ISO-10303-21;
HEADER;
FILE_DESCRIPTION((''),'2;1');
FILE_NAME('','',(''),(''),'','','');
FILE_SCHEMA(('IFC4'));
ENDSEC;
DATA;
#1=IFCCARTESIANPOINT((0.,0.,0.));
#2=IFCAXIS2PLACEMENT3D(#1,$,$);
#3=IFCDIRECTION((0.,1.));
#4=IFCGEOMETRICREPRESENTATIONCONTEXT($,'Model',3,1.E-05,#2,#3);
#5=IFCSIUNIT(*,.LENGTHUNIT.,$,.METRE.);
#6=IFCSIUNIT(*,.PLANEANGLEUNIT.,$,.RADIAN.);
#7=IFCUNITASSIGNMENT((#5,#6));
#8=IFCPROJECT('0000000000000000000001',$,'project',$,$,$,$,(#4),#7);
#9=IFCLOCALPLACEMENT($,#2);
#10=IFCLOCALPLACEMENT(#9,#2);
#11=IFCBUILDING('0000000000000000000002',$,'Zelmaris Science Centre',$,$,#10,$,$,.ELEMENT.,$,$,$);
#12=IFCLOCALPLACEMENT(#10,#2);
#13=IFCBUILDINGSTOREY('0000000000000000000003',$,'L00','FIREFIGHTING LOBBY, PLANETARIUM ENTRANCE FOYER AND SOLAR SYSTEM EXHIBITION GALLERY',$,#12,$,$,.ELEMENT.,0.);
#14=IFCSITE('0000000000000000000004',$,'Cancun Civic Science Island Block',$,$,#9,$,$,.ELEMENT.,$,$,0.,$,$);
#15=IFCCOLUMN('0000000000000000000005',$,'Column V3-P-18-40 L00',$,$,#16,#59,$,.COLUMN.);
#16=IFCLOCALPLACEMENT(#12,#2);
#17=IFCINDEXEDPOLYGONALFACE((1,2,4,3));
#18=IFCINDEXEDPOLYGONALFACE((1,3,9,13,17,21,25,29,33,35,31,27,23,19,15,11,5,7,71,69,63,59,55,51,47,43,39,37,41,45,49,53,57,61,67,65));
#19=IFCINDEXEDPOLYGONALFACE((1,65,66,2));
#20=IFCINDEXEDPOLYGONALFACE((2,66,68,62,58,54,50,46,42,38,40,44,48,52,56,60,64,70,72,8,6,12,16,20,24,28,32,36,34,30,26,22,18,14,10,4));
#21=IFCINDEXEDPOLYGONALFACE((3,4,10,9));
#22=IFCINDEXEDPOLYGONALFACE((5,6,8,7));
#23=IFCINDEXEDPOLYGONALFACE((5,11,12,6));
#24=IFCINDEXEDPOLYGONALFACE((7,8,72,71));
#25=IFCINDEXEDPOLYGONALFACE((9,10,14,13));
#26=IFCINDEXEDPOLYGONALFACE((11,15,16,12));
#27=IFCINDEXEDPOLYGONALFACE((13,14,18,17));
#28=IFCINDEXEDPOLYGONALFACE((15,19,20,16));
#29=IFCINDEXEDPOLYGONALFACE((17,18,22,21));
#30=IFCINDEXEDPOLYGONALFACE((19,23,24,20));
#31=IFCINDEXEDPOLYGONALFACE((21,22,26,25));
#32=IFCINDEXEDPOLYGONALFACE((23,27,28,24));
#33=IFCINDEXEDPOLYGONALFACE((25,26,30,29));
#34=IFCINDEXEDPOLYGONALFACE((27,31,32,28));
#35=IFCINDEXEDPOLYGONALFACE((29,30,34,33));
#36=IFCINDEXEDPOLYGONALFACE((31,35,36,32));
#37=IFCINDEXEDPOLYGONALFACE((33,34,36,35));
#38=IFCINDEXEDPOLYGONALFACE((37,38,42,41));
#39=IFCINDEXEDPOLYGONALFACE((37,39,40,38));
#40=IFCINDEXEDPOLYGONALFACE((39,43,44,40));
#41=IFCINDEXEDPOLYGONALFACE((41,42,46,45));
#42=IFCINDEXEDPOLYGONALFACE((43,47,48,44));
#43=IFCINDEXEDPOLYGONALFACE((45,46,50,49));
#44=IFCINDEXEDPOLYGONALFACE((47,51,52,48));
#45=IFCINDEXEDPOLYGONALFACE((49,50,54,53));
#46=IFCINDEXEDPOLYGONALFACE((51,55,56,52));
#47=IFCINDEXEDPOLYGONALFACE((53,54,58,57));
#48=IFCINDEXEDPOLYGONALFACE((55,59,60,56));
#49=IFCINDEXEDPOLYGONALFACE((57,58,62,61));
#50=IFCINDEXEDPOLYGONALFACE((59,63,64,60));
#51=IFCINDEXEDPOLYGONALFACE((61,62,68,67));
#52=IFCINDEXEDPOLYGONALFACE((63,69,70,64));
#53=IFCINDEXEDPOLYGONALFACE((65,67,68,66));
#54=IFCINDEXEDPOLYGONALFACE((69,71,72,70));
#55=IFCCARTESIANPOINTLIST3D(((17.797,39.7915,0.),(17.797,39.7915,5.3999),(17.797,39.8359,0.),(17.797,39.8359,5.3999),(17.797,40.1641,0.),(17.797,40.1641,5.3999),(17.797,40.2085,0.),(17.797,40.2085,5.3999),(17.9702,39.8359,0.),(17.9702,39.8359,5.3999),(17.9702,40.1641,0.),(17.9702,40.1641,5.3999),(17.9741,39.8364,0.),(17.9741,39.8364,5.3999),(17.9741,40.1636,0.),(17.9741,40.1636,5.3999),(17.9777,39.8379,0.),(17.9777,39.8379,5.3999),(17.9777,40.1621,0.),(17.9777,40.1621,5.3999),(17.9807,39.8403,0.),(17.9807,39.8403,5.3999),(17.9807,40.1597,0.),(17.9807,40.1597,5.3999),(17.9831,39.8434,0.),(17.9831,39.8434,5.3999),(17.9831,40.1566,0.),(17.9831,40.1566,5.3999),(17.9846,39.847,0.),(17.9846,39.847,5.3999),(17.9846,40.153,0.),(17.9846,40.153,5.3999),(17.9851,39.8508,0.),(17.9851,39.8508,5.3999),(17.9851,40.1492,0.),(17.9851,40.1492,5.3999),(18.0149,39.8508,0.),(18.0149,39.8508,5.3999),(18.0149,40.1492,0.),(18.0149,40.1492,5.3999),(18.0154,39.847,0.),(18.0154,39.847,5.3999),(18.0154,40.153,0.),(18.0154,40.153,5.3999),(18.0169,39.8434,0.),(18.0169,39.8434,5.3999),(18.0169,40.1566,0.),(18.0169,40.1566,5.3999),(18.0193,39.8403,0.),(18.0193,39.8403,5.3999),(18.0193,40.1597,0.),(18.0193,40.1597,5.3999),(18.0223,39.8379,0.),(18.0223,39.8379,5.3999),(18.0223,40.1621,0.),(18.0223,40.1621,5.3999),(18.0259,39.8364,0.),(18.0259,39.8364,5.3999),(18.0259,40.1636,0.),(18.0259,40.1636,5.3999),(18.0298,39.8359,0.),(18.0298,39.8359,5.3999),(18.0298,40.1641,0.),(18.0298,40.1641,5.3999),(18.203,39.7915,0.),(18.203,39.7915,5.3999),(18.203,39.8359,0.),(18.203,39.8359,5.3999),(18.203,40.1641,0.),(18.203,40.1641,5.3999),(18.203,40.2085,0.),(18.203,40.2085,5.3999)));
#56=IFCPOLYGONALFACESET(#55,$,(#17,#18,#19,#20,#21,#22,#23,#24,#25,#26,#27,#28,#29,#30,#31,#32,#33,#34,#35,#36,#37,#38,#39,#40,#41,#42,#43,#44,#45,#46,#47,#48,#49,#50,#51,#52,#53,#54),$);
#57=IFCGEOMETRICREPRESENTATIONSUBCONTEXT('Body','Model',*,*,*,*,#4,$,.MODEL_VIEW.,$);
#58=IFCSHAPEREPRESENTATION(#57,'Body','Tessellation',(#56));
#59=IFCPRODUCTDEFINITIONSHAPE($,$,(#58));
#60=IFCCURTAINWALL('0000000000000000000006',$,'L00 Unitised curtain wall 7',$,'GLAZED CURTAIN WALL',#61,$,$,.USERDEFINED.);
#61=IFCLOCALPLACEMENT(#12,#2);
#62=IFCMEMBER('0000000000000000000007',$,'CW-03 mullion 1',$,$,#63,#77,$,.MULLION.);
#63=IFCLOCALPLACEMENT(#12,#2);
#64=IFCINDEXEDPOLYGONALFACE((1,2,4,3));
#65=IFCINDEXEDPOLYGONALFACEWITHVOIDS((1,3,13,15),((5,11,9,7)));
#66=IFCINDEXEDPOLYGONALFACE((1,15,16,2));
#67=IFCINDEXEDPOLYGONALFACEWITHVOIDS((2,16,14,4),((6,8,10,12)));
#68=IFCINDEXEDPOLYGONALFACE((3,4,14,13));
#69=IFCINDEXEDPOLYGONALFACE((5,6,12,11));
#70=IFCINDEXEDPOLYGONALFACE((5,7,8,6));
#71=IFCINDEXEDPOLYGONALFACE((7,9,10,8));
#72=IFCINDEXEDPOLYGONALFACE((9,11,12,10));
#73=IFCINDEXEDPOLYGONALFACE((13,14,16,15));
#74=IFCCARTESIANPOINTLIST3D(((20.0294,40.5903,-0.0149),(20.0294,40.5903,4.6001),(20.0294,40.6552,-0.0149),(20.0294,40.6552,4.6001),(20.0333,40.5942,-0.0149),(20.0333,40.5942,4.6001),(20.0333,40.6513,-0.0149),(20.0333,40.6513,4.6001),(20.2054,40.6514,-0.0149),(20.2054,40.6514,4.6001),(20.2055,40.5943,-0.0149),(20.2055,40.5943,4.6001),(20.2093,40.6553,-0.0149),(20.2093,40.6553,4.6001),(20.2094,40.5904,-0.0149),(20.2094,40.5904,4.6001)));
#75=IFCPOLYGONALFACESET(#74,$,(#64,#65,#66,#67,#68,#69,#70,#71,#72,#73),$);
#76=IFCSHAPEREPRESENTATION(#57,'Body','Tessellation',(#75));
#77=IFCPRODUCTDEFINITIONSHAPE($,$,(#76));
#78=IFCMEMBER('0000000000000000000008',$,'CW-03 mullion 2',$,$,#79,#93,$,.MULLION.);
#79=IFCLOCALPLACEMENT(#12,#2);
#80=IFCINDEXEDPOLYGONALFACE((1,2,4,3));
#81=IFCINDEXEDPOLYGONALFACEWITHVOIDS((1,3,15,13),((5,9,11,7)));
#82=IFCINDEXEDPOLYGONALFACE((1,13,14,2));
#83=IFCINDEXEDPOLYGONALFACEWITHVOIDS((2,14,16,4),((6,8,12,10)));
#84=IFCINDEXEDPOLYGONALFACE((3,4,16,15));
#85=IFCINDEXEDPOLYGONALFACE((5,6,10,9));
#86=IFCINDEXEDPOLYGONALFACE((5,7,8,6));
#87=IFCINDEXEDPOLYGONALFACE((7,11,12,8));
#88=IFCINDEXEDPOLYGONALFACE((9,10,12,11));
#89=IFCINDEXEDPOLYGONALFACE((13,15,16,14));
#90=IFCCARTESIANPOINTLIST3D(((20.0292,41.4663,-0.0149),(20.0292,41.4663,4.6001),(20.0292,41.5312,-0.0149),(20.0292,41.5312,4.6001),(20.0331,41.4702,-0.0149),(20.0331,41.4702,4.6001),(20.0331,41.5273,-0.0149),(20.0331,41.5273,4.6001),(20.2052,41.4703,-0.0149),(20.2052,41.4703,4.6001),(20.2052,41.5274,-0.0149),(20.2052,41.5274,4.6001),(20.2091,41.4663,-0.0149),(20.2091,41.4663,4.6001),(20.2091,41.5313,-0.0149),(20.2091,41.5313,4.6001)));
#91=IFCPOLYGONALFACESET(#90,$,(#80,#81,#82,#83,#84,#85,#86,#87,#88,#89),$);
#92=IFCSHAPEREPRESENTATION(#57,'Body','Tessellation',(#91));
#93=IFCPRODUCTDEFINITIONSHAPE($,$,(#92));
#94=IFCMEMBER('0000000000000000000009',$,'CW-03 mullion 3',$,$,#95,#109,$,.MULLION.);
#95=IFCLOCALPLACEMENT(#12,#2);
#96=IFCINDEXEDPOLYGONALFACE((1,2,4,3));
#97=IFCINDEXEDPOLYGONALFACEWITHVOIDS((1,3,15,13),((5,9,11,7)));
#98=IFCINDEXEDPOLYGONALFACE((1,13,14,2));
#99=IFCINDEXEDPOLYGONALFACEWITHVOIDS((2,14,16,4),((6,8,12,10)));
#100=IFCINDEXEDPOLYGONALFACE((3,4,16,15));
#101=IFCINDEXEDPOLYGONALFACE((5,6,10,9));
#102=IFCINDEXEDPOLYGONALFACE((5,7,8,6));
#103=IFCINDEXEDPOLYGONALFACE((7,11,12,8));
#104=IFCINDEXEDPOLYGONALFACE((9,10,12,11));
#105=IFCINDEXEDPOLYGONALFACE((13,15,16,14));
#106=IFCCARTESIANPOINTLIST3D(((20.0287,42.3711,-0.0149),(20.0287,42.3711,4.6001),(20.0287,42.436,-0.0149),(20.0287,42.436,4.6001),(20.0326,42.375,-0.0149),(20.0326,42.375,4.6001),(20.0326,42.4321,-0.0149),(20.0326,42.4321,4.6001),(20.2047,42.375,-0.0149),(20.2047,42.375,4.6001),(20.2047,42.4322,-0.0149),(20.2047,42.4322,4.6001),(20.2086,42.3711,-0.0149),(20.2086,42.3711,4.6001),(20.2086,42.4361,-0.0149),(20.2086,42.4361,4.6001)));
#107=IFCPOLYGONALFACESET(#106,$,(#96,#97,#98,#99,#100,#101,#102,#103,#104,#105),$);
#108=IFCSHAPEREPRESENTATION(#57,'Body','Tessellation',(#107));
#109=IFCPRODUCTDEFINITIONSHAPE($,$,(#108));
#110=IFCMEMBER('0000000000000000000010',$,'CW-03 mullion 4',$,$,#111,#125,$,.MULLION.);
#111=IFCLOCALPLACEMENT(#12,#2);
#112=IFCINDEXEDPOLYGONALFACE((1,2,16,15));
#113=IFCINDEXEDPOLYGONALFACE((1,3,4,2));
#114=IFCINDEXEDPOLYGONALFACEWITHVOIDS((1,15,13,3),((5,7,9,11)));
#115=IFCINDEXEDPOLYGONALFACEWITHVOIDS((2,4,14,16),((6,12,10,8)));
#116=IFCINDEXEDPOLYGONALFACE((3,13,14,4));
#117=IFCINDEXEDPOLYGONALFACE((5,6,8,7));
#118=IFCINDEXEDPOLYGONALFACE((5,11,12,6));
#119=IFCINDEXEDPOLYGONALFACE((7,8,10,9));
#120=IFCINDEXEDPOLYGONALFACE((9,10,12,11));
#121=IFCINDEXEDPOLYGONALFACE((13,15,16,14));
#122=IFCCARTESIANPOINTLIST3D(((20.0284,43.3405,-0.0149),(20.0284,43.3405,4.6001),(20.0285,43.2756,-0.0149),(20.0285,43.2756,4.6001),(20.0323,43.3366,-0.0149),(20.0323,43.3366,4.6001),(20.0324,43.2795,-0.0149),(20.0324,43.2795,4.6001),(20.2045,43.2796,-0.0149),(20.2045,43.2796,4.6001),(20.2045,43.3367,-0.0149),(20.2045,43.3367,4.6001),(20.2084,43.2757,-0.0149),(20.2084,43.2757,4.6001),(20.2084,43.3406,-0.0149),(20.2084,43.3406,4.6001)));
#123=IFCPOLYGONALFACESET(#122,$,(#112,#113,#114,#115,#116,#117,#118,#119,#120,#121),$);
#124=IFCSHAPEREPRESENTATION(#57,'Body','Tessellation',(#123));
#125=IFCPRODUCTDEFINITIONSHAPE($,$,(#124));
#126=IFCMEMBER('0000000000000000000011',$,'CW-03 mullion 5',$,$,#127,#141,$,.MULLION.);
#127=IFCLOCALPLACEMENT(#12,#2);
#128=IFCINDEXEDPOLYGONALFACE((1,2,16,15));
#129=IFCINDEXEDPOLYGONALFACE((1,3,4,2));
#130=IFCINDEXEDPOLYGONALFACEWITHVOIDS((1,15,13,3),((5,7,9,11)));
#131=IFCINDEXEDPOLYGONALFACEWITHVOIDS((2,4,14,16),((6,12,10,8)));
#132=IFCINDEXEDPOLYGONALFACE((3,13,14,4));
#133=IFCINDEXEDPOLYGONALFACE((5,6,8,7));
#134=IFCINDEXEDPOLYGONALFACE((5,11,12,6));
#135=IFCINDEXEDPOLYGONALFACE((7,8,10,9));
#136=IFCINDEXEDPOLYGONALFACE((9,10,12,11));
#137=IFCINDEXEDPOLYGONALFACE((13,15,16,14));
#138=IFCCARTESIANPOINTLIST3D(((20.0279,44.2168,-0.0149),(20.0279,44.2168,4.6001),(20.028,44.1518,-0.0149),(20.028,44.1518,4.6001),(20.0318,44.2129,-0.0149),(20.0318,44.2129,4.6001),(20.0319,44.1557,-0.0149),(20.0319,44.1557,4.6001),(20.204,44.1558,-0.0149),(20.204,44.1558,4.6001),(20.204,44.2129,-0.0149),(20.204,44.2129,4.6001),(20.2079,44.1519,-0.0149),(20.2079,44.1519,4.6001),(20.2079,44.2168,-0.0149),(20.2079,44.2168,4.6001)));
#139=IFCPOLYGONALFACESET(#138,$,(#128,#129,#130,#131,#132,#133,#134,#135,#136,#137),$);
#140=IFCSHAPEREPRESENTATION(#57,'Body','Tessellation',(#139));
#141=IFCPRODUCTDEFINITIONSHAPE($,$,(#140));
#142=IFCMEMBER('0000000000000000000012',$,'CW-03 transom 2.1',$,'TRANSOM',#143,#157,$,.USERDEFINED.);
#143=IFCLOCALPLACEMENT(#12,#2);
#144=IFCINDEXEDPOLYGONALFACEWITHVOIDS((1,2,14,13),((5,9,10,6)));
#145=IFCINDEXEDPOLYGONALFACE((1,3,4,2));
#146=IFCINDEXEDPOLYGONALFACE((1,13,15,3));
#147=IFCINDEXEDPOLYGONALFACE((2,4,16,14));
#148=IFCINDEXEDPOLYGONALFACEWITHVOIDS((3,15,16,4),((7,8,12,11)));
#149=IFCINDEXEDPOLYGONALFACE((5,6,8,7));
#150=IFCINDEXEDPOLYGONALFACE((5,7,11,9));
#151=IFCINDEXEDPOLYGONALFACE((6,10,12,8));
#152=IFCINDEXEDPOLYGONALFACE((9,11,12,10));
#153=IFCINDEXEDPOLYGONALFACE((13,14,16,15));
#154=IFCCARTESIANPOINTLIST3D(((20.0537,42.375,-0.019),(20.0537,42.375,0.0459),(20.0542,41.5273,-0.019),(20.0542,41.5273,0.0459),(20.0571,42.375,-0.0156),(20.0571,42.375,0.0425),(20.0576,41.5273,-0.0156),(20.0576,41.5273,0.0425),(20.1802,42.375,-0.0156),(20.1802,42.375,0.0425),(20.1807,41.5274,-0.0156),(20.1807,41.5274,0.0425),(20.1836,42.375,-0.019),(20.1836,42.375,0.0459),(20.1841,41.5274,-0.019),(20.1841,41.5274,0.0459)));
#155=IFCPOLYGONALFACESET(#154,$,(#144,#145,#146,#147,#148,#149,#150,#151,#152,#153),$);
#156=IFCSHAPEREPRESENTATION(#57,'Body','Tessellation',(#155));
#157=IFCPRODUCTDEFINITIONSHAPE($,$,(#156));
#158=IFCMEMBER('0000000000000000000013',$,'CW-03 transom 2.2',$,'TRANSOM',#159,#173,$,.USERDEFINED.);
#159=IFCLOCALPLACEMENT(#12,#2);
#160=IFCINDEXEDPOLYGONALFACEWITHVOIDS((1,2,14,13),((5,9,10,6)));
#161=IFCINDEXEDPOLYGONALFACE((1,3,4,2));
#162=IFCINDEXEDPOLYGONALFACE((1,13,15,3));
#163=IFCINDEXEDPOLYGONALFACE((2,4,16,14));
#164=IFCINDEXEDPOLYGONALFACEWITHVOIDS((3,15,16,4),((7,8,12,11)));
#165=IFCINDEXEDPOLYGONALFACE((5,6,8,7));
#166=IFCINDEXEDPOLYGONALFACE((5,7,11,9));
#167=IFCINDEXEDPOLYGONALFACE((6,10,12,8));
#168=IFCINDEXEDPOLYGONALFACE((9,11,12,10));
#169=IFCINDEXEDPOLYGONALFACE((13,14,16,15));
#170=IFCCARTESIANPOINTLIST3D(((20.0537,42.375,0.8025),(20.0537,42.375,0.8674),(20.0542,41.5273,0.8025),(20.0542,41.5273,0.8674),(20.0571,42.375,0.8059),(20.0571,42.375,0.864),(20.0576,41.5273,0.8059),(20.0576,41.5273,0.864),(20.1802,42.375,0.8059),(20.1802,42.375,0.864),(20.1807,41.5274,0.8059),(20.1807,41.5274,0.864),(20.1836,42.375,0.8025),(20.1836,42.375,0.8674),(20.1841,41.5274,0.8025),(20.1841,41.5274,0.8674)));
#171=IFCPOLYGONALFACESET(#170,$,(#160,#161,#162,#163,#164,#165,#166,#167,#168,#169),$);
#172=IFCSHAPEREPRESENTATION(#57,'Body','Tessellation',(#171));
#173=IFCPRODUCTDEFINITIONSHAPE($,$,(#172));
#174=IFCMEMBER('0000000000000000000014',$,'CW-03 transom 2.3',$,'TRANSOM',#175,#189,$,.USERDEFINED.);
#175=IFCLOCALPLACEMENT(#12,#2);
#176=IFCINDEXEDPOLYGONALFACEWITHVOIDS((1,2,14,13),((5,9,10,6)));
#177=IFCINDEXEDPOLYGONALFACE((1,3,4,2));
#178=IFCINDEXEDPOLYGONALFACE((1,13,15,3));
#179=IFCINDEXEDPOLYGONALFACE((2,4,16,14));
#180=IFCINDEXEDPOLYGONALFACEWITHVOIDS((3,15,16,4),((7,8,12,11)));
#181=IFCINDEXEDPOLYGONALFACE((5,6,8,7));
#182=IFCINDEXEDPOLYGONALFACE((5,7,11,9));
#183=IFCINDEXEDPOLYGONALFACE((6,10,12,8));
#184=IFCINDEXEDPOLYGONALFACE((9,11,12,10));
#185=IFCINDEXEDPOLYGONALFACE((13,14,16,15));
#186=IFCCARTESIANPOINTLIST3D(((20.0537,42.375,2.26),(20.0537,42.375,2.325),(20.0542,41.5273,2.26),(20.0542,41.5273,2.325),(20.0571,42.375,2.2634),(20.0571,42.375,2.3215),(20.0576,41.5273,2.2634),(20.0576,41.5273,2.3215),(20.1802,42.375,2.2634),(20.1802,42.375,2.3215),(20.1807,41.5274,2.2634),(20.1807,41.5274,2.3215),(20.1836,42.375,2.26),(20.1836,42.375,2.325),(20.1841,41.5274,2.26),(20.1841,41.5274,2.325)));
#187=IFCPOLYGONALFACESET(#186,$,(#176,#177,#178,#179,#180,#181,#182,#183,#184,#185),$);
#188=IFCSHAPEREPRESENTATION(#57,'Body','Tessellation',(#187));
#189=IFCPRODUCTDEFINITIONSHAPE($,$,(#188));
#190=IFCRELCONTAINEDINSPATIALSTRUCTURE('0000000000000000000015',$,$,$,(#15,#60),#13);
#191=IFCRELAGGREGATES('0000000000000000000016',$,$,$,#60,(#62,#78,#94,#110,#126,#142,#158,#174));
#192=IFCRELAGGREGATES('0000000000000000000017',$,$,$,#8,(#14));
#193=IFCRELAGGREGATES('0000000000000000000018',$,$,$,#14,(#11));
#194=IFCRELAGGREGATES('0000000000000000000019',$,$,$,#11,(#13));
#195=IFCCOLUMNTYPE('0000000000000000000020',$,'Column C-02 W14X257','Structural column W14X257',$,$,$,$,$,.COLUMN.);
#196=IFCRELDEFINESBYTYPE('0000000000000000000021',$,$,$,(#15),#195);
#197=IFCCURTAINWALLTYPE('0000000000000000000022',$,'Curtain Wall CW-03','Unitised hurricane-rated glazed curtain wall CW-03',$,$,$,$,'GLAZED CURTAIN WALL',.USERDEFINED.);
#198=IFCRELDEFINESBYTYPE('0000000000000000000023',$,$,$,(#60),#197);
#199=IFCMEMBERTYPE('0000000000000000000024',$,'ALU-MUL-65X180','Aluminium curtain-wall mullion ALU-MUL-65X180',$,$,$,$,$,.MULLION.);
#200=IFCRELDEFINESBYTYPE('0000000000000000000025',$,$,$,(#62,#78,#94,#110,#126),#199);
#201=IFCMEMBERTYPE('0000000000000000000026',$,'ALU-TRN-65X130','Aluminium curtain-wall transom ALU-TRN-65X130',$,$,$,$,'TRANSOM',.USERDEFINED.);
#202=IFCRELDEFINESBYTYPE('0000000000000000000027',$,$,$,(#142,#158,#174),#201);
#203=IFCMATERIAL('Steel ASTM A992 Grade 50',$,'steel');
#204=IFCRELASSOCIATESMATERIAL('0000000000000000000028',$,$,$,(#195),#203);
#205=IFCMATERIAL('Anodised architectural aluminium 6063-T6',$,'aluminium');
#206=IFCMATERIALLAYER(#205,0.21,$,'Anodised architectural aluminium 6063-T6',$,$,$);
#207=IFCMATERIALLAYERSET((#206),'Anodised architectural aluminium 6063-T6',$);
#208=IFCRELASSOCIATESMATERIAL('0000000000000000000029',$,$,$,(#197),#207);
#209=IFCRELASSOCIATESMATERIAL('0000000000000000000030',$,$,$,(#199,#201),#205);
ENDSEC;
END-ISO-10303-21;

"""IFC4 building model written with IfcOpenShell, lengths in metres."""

from ifc_helpers import new_model, si_unit, direction, frame, origin, origin_2d, place, context, subcontext, project, spatial, hollow_rectangle, i_section, extrude, material, layer, layer_set, material_profile, profile_set, type_object, element, aggregate, save


model = new_model("IFC4")

# Units and contexts
model_context = context("Model", 3, precision=1e-05, world=origin(), true_north=direction((0.0, 1.0)))
body_context = subcontext(model_context, "Body", "Model", "MODEL_VIEW")
ifc_project = project(units=[si_unit("LENGTHUNIT", "METRE"), si_unit("PLANEANGLEUNIT", "RADIAN")], contexts=[model_context])

# Site, building, storey
site_placement = place(None, origin())
site = spatial("IfcSite", under=ifc_project, at=site_placement, Name="Cancun Civic Science Island Block", CompositionType="ELEMENT", RefElevation=0.0)
building_placement = place(site_placement, origin())
building = spatial("IfcBuilding", under=site, at=building_placement, Name="Zelmaris Science Centre", CompositionType="ELEMENT")
storey_placement = place(building_placement, origin())
storey = spatial("IfcBuildingStorey", under=building, at=storey_placement, Name="L00", Description="FIREFIGHTING LOBBY, PLANETARIUM ENTRANCE FOYER AND SOLAR SYSTEM EXHIBITION GALLERY", CompositionType="ELEMENT", Elevation=0.0)

# Column
ifc_material_1 = material(Name="Steel ASTM A992 Grade 50", Category="steel")
ifc_material_profile_1 = material_profile(ifc_material_1, i_section(OverallWidth=0.406, OverallDepth=0.417, WebThickness=0.0298, FlangeThickness=0.0444, FilletRadius=0.0149, at=origin_2d()), Name="W14X257")
ifc_profile_set_1 = profile_set([ifc_material_profile_1], Name="Steel ASTM A992 Grade 50")
column_type = type_object("IfcColumnType", Name="Column C-02 W14X257", Description="Structural column W14X257", PredefinedType="COLUMN", material=ifc_profile_set_1)
column_placement = place(storey_placement, frame((18.0, 40.0, 0.0), z_axis=(0.0, 0.0, 1.0), x_axis=(1.0, 0.0, 0.0)))
element("IfcColumn", 1, at=column_placement, inside=storey, type_object=column_type, Name="Column V3-P-18-40 L00", PredefinedType="COLUMN", context=body_context, shape_type="SweptSolid", body=[
    extrude(i_section(OverallWidth=0.406, OverallDepth=0.417, WebThickness=0.0298, FlangeThickness=0.0444, FilletRadius=0.0149, at=origin_2d()), origin(), (0.0, 0.0, 1.0), 5.3999),
])

# Curtain wall, members
ifc_material_2 = material(Name="Anodised architectural aluminium 6063-T6", Category="aluminium")
ifc_layer_1 = layer(ifc_material_2, 0.21, Name="Anodised architectural aluminium 6063-T6")
ifc_layer_set_1 = layer_set([ifc_layer_1], Name="Anodised architectural aluminium 6063-T6")
curtain_wall_type = type_object("IfcCurtainWallType", Name="Curtain Wall CW-03", Description="Unitised hurricane-rated glazed curtain wall CW-03", ElementType="GLAZED CURTAIN WALL", PredefinedType="USERDEFINED", material=ifc_layer_set_1)
curtain_wall_placement = place(storey_placement, origin())
curtain_wall = element("IfcCurtainWall", 2, at=curtain_wall_placement, inside=storey, type_object=curtain_wall_type, Name="L00 Unitised curtain wall 7", ObjectType="GLAZED CURTAIN WALL", PredefinedType="USERDEFINED")
ifc_material_profile_2 = material_profile(ifc_material_2, hollow_rectangle(XDim=0.0649, YDim=0.1799, WallThickness=0.0039, at=origin_2d()), Name="ALU-MUL-65X180")
ifc_profile_set_2 = profile_set([ifc_material_profile_2], Name="Anodised architectural aluminium 6063-T6")
member_type_1 = type_object("IfcMemberType", Name="ALU-MUL-65X180", Description="Aluminium curtain-wall mullion ALU-MUL-65X180", PredefinedType="MULLION", material=ifc_profile_set_2)
member_1_placement = place(storey_placement, frame((20.1194, 40.6228, -0.0149), z_axis=(0.0, 0.0, 1.0), x_axis=(-0.000428, 1.0, 0.0)))
member_1 = element("IfcMember", 3, at=member_1_placement, type_object=member_type_1, Name="CW-03 mullion 1", PredefinedType="MULLION", context=body_context, shape_type="SweptSolid", body=[
    extrude(hollow_rectangle(XDim=0.0649, YDim=0.1799, WallThickness=0.0039, at=origin_2d()), origin(), (0.0, 0.0, 1.0), 4.615),
])
member_2_placement = place(storey_placement, frame((20.1191, 41.4988, -0.0149), z_axis=(0.0, 0.0, 1.0), x_axis=(-0.000428, 1.0, 0.0)))
member_2 = element("IfcMember", 4, at=member_2_placement, type_object=member_type_1, Name="CW-03 mullion 2", PredefinedType="MULLION", context=body_context, shape_type="SweptSolid", body=[
    extrude(hollow_rectangle(XDim=0.0649, YDim=0.1799, WallThickness=0.0039, at=origin_2d()), origin(), (0.0, 0.0, 1.0), 4.615),
])
member_3_placement = place(storey_placement, frame((20.1187, 42.4036, -0.0149), z_axis=(0.0, 0.0, 1.0), x_axis=(-0.000428, 1.0, 0.0)))
member_3 = element("IfcMember", 5, at=member_3_placement, type_object=member_type_1, Name="CW-03 mullion 3", PredefinedType="MULLION", context=body_context, shape_type="SweptSolid", body=[
    extrude(hollow_rectangle(XDim=0.0649, YDim=0.1799, WallThickness=0.0039, at=origin_2d()), origin(), (0.0, 0.0, 1.0), 4.615),
])
member_4_placement = place(storey_placement, frame((20.1184, 43.3081, -0.0149), z_axis=(0.0, 0.0, 1.0), x_axis=(-0.000428, 1.0, 0.0)))
member_4 = element("IfcMember", 6, at=member_4_placement, type_object=member_type_1, Name="CW-03 mullion 4", PredefinedType="MULLION", context=body_context, shape_type="SweptSolid", body=[
    extrude(hollow_rectangle(XDim=0.0649, YDim=0.1799, WallThickness=0.0039, at=origin_2d()), origin(), (0.0, 0.0, 1.0), 4.615),
])
member_5_placement = place(storey_placement, frame((20.1179, 44.1843, -0.0149), z_axis=(0.0, 0.0, 1.0), x_axis=(-0.000428, 1.0, 0.0)))
member_5 = element("IfcMember", 7, at=member_5_placement, type_object=member_type_1, Name="CW-03 mullion 5", PredefinedType="MULLION", context=body_context, shape_type="SweptSolid", body=[
    extrude(hollow_rectangle(XDim=0.0649, YDim=0.1799, WallThickness=0.0039, at=origin_2d()), origin(), (0.0, 0.0, 1.0), 4.615),
])
ifc_material_profile_3 = material_profile(ifc_material_2, hollow_rectangle(XDim=0.0649, YDim=0.1299, WallThickness=0.0034, at=origin_2d()), Name="ALU-TRN-65X130")
ifc_profile_set_3 = profile_set([ifc_material_profile_3], Name="Anodised architectural aluminium 6063-T6")
member_type_2 = type_object("IfcMemberType", Name="ALU-TRN-65X130", Description="Aluminium curtain-wall transom ALU-TRN-65X130", ElementType="TRANSOM", PredefinedType="USERDEFINED", material=ifc_profile_set_3)
member_6_placement = place(storey_placement, frame((20.1191, 41.5273, 0.0134), z_axis=(-0.000576, 1.0, 0.0), x_axis=(0.0, 0.0, 1.0)))
member_6 = element("IfcMember", 8, at=member_6_placement, type_object=member_type_2, Name="CW-03 transom 2.1", ObjectType="TRANSOM", PredefinedType="USERDEFINED", context=body_context, shape_type="SweptSolid", body=[
    extrude(hollow_rectangle(XDim=0.0649, YDim=0.1299, WallThickness=0.0034, at=origin_2d()), origin(), (0.0, 0.0, 1.0), 0.8477),
])
member_7_placement = place(storey_placement, frame((20.1191, 41.5273, 0.835), z_axis=(-0.000576, 1.0, 0.0), x_axis=(0.0, 0.0, 1.0)))
member_7 = element("IfcMember", 9, at=member_7_placement, type_object=member_type_2, Name="CW-03 transom 2.2", ObjectType="TRANSOM", PredefinedType="USERDEFINED", context=body_context, shape_type="SweptSolid", body=[
    extrude(hollow_rectangle(XDim=0.0649, YDim=0.1299, WallThickness=0.0034, at=origin_2d()), origin(), (0.0, 0.0, 1.0), 0.8477),
])
member_8_placement = place(storey_placement, frame((20.1191, 41.5273, 2.2925), z_axis=(-0.000576, 1.0, 0.0), x_axis=(0.0, 0.0, 1.0)))
member_8 = element("IfcMember", 10, at=member_8_placement, type_object=member_type_2, Name="CW-03 transom 2.3", ObjectType="TRANSOM", PredefinedType="USERDEFINED", context=body_context, shape_type="SweptSolid", body=[
    extrude(hollow_rectangle(XDim=0.0649, YDim=0.1299, WallThickness=0.0034, at=origin_2d()), origin(), (0.0, 0.0, 1.0), 0.8477),
])

aggregate(curtain_wall, [member_1, member_2, member_3, member_4, member_5, member_6, member_7, member_8])

save(model, "model.ifc")
